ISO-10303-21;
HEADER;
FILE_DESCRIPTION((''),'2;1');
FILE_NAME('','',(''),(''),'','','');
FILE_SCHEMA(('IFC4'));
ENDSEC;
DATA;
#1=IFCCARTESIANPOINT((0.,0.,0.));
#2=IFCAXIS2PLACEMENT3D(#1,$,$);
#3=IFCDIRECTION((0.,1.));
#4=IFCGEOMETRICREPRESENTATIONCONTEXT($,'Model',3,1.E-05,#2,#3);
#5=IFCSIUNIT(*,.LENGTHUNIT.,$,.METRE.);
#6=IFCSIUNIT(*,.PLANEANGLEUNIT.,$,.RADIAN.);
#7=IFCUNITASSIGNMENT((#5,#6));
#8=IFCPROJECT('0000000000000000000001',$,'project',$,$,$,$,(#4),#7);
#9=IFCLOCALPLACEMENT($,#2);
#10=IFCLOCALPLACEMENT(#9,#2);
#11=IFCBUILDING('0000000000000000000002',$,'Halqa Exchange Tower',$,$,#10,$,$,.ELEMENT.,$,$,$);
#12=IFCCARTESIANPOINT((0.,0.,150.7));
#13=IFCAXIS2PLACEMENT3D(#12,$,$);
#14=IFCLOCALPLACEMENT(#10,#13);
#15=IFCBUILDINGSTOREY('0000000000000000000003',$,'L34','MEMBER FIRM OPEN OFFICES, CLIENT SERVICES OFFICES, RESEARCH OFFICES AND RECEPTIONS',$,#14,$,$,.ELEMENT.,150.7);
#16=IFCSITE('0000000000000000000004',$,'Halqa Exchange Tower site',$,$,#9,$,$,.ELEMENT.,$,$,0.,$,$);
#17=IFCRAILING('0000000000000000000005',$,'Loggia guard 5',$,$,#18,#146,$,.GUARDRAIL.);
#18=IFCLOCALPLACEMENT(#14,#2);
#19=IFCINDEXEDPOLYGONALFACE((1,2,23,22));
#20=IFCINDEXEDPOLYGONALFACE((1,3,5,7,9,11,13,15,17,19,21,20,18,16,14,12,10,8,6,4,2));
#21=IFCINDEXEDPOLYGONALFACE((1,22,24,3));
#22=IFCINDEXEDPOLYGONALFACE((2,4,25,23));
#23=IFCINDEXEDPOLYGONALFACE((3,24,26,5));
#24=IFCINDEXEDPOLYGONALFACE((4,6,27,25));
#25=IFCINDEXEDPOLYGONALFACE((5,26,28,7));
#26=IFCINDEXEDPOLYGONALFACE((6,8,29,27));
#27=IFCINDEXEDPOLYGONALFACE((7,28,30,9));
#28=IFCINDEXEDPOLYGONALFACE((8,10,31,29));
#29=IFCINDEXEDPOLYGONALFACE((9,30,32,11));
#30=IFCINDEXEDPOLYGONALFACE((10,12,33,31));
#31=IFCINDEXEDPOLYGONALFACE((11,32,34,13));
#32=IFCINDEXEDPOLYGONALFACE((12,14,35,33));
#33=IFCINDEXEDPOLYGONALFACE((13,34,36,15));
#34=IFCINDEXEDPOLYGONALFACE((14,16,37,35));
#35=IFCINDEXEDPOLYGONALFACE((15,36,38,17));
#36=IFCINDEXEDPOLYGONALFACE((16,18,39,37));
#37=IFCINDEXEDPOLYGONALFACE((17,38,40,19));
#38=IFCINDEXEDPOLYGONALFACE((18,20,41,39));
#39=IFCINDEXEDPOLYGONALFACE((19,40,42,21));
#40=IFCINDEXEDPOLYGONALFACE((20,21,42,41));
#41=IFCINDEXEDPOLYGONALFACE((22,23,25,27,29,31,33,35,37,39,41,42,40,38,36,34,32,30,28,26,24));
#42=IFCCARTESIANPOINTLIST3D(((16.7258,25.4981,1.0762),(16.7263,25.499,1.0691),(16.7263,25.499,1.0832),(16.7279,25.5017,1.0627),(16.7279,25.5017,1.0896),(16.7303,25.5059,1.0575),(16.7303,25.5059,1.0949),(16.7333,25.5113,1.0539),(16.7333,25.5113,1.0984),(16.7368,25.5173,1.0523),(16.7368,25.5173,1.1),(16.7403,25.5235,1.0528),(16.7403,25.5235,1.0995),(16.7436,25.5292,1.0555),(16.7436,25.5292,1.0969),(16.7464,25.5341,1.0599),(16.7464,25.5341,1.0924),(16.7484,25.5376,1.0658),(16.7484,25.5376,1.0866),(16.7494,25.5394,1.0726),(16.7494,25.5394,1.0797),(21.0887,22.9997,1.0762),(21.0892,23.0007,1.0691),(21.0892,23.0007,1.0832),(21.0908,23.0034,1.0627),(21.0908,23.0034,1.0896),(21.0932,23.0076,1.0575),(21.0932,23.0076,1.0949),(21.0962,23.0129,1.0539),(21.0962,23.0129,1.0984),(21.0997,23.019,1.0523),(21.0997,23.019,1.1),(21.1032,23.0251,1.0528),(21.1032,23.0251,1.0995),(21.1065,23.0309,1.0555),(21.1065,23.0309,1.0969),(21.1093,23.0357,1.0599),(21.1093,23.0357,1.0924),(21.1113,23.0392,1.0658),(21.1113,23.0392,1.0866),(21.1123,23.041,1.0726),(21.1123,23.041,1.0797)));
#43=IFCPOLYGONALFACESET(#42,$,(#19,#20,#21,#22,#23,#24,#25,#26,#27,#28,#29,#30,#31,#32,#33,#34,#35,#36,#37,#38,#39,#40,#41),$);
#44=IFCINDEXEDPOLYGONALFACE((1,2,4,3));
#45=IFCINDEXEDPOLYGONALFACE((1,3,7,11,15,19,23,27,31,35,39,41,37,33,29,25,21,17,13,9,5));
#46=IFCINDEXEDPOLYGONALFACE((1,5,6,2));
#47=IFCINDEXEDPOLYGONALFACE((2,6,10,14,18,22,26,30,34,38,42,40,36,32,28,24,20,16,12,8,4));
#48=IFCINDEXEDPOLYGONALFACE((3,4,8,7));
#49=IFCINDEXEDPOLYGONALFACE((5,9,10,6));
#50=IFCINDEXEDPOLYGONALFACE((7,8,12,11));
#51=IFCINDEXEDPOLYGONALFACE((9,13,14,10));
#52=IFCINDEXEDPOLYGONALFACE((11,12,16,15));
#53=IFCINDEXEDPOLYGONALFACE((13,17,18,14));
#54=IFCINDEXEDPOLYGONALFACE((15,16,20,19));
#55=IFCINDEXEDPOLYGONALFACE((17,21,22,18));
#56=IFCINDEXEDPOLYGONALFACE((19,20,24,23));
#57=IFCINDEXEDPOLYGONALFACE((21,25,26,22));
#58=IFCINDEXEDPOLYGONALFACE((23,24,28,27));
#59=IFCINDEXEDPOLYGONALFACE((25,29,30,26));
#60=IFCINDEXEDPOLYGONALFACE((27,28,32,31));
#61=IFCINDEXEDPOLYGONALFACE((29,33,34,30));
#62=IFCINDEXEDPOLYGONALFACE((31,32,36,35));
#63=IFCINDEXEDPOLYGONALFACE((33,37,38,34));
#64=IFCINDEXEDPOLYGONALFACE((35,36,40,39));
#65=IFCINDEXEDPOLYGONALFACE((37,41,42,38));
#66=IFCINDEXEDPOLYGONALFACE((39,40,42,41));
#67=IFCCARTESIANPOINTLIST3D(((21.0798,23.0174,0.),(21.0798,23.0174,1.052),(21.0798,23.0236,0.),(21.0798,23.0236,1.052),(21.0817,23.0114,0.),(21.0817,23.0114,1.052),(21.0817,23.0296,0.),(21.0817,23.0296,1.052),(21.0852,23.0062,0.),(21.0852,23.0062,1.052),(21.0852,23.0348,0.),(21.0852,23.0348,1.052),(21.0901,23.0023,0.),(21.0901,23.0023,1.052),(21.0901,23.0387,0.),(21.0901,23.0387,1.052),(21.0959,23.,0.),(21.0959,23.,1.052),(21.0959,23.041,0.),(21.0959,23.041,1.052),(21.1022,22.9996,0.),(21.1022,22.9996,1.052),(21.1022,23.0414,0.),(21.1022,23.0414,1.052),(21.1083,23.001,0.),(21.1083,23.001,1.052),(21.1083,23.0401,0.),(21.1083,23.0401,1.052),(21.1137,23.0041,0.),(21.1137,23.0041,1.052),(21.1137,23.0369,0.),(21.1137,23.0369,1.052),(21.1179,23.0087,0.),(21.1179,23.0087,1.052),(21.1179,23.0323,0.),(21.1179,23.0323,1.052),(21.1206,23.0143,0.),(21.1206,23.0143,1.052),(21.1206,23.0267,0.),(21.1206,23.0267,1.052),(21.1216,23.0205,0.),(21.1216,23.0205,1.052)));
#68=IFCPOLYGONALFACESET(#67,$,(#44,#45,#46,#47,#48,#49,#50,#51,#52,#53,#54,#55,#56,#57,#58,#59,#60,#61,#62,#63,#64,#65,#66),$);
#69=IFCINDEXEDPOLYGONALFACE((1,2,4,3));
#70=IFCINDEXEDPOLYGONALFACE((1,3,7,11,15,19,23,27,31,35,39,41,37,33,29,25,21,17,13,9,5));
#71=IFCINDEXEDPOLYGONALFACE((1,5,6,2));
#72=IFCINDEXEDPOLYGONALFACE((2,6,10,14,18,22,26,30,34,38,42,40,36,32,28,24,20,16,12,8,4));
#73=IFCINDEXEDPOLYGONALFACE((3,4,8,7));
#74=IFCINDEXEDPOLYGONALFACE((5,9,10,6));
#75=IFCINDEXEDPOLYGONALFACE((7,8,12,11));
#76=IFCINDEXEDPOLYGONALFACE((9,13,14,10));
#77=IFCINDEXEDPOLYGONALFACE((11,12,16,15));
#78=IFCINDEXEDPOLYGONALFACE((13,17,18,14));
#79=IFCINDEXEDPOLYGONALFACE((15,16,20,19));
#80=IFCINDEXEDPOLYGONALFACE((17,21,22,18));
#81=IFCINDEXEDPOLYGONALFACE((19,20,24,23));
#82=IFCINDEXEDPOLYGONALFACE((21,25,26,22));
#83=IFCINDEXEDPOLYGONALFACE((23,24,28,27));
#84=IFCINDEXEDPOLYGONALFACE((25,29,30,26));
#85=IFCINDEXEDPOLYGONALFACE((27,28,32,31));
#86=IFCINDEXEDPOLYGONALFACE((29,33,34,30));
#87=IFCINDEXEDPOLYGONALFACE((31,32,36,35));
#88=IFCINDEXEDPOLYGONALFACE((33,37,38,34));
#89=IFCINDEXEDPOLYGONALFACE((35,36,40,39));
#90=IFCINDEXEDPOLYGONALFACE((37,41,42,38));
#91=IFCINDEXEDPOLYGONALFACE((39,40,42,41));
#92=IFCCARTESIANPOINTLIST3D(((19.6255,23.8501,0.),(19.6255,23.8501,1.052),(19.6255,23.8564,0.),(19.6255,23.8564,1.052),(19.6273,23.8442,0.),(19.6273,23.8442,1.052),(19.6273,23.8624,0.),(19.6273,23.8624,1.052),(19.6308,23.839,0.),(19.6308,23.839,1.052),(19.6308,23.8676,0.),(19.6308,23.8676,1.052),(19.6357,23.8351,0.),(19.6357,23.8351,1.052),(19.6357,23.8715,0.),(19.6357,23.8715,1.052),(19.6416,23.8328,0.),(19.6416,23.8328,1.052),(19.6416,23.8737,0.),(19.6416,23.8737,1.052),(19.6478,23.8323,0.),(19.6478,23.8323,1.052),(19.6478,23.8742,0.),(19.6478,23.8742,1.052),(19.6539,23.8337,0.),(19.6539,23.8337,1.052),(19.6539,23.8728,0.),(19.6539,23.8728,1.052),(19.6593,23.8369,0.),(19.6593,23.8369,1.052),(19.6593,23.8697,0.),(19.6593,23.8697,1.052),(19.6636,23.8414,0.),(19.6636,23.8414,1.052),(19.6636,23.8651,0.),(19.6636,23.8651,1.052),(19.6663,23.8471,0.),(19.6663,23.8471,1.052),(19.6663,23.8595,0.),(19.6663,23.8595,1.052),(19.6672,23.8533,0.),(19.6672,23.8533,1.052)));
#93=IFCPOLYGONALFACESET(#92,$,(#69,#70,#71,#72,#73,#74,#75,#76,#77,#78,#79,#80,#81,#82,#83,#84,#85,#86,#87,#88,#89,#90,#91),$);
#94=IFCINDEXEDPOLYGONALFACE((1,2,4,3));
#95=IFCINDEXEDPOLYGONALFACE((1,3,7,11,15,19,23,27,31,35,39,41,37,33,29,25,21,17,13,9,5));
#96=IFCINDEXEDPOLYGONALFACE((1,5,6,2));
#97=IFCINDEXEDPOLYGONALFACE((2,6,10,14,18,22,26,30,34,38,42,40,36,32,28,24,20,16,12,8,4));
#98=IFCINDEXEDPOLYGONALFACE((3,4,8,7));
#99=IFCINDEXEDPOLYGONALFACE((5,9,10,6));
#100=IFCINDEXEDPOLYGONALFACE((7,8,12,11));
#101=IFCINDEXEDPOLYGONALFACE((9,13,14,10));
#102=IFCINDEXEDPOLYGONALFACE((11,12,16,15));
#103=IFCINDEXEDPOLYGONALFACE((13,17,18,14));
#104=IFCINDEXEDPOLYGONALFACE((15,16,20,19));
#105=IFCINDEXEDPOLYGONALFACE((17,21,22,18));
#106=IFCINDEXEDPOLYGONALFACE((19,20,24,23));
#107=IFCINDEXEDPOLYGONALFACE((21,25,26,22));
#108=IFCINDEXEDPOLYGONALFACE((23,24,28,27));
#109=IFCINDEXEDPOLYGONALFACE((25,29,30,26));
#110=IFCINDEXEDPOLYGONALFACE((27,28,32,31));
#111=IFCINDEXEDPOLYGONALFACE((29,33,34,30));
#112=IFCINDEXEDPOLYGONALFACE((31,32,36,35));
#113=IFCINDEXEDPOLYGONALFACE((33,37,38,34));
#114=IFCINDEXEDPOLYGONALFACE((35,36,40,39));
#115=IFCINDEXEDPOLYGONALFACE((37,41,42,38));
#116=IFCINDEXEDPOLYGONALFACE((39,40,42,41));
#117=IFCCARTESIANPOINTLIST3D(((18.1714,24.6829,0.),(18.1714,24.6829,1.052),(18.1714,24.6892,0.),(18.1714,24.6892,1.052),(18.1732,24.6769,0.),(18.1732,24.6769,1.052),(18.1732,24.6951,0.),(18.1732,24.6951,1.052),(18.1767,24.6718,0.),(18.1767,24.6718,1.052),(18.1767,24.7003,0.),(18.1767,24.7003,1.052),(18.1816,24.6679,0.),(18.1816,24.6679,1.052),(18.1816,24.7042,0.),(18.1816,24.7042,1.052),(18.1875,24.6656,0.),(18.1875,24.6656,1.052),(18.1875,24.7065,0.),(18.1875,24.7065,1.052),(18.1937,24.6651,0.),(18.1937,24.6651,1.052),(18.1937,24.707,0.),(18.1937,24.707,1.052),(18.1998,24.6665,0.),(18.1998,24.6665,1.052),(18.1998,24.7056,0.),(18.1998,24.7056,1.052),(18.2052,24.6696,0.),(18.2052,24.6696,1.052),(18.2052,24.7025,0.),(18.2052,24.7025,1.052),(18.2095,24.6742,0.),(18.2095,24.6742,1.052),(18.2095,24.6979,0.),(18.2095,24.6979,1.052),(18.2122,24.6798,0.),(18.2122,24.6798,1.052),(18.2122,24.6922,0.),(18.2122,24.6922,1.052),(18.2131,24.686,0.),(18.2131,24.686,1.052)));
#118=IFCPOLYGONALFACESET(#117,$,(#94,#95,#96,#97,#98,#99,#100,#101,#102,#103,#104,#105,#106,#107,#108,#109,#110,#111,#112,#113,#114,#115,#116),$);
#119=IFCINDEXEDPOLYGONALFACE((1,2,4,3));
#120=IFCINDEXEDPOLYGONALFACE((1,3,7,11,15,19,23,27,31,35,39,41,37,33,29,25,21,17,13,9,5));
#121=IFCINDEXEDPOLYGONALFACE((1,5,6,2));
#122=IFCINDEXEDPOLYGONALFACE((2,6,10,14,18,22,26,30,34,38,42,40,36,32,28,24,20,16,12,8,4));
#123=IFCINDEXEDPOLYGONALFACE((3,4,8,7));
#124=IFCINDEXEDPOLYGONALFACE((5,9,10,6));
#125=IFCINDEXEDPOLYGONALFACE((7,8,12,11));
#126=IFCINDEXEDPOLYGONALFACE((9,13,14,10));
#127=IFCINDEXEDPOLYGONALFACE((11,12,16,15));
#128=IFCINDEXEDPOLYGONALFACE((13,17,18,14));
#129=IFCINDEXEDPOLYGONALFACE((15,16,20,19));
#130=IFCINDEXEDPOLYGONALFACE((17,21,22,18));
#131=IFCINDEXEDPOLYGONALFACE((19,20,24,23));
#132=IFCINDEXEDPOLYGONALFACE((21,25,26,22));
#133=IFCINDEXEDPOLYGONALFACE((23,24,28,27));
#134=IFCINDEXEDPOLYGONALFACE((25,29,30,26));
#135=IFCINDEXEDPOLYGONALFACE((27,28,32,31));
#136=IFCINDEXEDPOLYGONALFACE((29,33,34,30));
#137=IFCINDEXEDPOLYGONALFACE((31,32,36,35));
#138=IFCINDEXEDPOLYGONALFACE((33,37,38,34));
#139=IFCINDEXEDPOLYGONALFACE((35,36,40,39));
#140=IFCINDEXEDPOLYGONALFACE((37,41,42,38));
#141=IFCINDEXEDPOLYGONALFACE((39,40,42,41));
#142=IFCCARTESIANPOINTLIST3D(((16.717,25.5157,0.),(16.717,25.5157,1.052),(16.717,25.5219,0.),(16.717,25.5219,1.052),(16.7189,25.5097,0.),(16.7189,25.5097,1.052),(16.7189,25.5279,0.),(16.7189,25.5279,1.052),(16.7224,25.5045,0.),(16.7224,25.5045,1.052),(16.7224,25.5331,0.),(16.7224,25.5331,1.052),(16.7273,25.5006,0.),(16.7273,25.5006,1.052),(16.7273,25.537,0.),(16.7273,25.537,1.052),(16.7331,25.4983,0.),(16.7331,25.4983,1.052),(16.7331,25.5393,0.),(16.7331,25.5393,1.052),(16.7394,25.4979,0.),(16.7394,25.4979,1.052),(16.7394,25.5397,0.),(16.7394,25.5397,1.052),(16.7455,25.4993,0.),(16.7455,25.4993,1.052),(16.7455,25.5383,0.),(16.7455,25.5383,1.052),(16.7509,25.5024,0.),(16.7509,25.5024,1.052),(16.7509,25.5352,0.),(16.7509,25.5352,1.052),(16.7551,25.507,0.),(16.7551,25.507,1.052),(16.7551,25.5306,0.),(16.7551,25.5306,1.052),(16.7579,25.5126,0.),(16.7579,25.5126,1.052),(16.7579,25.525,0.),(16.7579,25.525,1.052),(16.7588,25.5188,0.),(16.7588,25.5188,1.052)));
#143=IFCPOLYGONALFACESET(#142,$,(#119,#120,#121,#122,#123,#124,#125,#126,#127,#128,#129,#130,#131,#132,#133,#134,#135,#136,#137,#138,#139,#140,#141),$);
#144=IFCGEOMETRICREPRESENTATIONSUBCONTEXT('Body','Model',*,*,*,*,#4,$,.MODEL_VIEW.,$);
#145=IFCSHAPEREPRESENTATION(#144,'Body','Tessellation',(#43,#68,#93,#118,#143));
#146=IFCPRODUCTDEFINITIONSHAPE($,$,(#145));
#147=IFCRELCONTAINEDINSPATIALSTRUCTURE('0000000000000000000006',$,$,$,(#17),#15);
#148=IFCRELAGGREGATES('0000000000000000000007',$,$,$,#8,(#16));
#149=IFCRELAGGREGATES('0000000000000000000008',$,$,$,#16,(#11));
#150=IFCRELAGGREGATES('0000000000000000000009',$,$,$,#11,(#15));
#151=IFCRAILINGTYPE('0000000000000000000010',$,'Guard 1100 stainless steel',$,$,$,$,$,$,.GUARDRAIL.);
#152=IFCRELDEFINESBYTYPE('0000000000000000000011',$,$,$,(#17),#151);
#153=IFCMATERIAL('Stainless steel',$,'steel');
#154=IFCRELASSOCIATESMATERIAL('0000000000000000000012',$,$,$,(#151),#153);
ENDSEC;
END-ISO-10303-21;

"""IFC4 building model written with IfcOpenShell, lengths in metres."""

from ifc_helpers import new_model, si_unit, direction, frame, origin, origin_2d, place, context, subcontext, project, spatial, circle, extrude, material, type_object, element, save


model = new_model("IFC4")

# Units and contexts
model_context = context("Model", 3, precision=1e-05, world=origin(), true_north=direction((0.0, 1.0)))
body_context = subcontext(model_context, "Body", "Model", "MODEL_VIEW")
ifc_project = project(units=[si_unit("LENGTHUNIT", "METRE"), si_unit("PLANEANGLEUNIT", "RADIAN")], contexts=[model_context])

# Site, building, storey
site_placement = place(None, origin())
site = spatial("IfcSite", under=ifc_project, at=site_placement, Name="Halqa Exchange Tower site", CompositionType="ELEMENT", RefElevation=0.0)
building_placement = place(site_placement, origin())
building = spatial("IfcBuilding", under=site, at=building_placement, Name="Halqa Exchange Tower", CompositionType="ELEMENT")
storey_placement = place(building_placement, frame((0.0, 0.0, 150.7)))
storey = spatial("IfcBuildingStorey", under=building, at=storey_placement, Name="L34", Description="MEMBER FIRM OPEN OFFICES, CLIENT SERVICES OFFICES, RESEARCH OFFICES AND RECEPTIONS", CompositionType="ELEMENT", Elevation=150.7)

# Railing
ifc_material_1 = material(Name="Stainless steel", Category="steel")
railing_type = type_object("IfcRailingType", Name="Guard 1100 stainless steel", PredefinedType="GUARDRAIL", material=ifc_material_1)
railing_1_placement = place(storey_placement, frame((21.1006, 23.0205, 0.0)))
element("IfcRailing", 1, at=railing_1_placement, inside=storey, type_object=railing_type, Name="Loggia guard 5", PredefinedType="GUARDRAIL", context=body_context, shape_type="SweptSolid", body=[
    extrude(circle(Radius=0.0239, at=origin_2d()), frame((0.0, 0.0, 1.0762), z_axis=(-0.867792, 0.496928, 0.0), x_axis=(-0.496928, -0.867792, 0.0)), (0.0, 0.0, 1.0), 5.0276),
    extrude(circle(Radius=0.021, at=origin_2d()), origin(), (0.0, 0.0, 1.0), 1.052),
    extrude(circle(Radius=0.021, at=origin_2d()), frame((-1.4543, 0.8328, 0.0)), (0.0, 0.0, 1.0), 1.052),
    extrude(circle(Radius=0.021, at=origin_2d()), frame((-2.9084, 1.6655, 0.0)), (0.0, 0.0, 1.0), 1.052),
    extrude(circle(Radius=0.021, at=origin_2d()), frame((-4.3628, 2.4983, 0.0)), (0.0, 0.0, 1.0), 1.052),
])

save(model, "model.ifc")
